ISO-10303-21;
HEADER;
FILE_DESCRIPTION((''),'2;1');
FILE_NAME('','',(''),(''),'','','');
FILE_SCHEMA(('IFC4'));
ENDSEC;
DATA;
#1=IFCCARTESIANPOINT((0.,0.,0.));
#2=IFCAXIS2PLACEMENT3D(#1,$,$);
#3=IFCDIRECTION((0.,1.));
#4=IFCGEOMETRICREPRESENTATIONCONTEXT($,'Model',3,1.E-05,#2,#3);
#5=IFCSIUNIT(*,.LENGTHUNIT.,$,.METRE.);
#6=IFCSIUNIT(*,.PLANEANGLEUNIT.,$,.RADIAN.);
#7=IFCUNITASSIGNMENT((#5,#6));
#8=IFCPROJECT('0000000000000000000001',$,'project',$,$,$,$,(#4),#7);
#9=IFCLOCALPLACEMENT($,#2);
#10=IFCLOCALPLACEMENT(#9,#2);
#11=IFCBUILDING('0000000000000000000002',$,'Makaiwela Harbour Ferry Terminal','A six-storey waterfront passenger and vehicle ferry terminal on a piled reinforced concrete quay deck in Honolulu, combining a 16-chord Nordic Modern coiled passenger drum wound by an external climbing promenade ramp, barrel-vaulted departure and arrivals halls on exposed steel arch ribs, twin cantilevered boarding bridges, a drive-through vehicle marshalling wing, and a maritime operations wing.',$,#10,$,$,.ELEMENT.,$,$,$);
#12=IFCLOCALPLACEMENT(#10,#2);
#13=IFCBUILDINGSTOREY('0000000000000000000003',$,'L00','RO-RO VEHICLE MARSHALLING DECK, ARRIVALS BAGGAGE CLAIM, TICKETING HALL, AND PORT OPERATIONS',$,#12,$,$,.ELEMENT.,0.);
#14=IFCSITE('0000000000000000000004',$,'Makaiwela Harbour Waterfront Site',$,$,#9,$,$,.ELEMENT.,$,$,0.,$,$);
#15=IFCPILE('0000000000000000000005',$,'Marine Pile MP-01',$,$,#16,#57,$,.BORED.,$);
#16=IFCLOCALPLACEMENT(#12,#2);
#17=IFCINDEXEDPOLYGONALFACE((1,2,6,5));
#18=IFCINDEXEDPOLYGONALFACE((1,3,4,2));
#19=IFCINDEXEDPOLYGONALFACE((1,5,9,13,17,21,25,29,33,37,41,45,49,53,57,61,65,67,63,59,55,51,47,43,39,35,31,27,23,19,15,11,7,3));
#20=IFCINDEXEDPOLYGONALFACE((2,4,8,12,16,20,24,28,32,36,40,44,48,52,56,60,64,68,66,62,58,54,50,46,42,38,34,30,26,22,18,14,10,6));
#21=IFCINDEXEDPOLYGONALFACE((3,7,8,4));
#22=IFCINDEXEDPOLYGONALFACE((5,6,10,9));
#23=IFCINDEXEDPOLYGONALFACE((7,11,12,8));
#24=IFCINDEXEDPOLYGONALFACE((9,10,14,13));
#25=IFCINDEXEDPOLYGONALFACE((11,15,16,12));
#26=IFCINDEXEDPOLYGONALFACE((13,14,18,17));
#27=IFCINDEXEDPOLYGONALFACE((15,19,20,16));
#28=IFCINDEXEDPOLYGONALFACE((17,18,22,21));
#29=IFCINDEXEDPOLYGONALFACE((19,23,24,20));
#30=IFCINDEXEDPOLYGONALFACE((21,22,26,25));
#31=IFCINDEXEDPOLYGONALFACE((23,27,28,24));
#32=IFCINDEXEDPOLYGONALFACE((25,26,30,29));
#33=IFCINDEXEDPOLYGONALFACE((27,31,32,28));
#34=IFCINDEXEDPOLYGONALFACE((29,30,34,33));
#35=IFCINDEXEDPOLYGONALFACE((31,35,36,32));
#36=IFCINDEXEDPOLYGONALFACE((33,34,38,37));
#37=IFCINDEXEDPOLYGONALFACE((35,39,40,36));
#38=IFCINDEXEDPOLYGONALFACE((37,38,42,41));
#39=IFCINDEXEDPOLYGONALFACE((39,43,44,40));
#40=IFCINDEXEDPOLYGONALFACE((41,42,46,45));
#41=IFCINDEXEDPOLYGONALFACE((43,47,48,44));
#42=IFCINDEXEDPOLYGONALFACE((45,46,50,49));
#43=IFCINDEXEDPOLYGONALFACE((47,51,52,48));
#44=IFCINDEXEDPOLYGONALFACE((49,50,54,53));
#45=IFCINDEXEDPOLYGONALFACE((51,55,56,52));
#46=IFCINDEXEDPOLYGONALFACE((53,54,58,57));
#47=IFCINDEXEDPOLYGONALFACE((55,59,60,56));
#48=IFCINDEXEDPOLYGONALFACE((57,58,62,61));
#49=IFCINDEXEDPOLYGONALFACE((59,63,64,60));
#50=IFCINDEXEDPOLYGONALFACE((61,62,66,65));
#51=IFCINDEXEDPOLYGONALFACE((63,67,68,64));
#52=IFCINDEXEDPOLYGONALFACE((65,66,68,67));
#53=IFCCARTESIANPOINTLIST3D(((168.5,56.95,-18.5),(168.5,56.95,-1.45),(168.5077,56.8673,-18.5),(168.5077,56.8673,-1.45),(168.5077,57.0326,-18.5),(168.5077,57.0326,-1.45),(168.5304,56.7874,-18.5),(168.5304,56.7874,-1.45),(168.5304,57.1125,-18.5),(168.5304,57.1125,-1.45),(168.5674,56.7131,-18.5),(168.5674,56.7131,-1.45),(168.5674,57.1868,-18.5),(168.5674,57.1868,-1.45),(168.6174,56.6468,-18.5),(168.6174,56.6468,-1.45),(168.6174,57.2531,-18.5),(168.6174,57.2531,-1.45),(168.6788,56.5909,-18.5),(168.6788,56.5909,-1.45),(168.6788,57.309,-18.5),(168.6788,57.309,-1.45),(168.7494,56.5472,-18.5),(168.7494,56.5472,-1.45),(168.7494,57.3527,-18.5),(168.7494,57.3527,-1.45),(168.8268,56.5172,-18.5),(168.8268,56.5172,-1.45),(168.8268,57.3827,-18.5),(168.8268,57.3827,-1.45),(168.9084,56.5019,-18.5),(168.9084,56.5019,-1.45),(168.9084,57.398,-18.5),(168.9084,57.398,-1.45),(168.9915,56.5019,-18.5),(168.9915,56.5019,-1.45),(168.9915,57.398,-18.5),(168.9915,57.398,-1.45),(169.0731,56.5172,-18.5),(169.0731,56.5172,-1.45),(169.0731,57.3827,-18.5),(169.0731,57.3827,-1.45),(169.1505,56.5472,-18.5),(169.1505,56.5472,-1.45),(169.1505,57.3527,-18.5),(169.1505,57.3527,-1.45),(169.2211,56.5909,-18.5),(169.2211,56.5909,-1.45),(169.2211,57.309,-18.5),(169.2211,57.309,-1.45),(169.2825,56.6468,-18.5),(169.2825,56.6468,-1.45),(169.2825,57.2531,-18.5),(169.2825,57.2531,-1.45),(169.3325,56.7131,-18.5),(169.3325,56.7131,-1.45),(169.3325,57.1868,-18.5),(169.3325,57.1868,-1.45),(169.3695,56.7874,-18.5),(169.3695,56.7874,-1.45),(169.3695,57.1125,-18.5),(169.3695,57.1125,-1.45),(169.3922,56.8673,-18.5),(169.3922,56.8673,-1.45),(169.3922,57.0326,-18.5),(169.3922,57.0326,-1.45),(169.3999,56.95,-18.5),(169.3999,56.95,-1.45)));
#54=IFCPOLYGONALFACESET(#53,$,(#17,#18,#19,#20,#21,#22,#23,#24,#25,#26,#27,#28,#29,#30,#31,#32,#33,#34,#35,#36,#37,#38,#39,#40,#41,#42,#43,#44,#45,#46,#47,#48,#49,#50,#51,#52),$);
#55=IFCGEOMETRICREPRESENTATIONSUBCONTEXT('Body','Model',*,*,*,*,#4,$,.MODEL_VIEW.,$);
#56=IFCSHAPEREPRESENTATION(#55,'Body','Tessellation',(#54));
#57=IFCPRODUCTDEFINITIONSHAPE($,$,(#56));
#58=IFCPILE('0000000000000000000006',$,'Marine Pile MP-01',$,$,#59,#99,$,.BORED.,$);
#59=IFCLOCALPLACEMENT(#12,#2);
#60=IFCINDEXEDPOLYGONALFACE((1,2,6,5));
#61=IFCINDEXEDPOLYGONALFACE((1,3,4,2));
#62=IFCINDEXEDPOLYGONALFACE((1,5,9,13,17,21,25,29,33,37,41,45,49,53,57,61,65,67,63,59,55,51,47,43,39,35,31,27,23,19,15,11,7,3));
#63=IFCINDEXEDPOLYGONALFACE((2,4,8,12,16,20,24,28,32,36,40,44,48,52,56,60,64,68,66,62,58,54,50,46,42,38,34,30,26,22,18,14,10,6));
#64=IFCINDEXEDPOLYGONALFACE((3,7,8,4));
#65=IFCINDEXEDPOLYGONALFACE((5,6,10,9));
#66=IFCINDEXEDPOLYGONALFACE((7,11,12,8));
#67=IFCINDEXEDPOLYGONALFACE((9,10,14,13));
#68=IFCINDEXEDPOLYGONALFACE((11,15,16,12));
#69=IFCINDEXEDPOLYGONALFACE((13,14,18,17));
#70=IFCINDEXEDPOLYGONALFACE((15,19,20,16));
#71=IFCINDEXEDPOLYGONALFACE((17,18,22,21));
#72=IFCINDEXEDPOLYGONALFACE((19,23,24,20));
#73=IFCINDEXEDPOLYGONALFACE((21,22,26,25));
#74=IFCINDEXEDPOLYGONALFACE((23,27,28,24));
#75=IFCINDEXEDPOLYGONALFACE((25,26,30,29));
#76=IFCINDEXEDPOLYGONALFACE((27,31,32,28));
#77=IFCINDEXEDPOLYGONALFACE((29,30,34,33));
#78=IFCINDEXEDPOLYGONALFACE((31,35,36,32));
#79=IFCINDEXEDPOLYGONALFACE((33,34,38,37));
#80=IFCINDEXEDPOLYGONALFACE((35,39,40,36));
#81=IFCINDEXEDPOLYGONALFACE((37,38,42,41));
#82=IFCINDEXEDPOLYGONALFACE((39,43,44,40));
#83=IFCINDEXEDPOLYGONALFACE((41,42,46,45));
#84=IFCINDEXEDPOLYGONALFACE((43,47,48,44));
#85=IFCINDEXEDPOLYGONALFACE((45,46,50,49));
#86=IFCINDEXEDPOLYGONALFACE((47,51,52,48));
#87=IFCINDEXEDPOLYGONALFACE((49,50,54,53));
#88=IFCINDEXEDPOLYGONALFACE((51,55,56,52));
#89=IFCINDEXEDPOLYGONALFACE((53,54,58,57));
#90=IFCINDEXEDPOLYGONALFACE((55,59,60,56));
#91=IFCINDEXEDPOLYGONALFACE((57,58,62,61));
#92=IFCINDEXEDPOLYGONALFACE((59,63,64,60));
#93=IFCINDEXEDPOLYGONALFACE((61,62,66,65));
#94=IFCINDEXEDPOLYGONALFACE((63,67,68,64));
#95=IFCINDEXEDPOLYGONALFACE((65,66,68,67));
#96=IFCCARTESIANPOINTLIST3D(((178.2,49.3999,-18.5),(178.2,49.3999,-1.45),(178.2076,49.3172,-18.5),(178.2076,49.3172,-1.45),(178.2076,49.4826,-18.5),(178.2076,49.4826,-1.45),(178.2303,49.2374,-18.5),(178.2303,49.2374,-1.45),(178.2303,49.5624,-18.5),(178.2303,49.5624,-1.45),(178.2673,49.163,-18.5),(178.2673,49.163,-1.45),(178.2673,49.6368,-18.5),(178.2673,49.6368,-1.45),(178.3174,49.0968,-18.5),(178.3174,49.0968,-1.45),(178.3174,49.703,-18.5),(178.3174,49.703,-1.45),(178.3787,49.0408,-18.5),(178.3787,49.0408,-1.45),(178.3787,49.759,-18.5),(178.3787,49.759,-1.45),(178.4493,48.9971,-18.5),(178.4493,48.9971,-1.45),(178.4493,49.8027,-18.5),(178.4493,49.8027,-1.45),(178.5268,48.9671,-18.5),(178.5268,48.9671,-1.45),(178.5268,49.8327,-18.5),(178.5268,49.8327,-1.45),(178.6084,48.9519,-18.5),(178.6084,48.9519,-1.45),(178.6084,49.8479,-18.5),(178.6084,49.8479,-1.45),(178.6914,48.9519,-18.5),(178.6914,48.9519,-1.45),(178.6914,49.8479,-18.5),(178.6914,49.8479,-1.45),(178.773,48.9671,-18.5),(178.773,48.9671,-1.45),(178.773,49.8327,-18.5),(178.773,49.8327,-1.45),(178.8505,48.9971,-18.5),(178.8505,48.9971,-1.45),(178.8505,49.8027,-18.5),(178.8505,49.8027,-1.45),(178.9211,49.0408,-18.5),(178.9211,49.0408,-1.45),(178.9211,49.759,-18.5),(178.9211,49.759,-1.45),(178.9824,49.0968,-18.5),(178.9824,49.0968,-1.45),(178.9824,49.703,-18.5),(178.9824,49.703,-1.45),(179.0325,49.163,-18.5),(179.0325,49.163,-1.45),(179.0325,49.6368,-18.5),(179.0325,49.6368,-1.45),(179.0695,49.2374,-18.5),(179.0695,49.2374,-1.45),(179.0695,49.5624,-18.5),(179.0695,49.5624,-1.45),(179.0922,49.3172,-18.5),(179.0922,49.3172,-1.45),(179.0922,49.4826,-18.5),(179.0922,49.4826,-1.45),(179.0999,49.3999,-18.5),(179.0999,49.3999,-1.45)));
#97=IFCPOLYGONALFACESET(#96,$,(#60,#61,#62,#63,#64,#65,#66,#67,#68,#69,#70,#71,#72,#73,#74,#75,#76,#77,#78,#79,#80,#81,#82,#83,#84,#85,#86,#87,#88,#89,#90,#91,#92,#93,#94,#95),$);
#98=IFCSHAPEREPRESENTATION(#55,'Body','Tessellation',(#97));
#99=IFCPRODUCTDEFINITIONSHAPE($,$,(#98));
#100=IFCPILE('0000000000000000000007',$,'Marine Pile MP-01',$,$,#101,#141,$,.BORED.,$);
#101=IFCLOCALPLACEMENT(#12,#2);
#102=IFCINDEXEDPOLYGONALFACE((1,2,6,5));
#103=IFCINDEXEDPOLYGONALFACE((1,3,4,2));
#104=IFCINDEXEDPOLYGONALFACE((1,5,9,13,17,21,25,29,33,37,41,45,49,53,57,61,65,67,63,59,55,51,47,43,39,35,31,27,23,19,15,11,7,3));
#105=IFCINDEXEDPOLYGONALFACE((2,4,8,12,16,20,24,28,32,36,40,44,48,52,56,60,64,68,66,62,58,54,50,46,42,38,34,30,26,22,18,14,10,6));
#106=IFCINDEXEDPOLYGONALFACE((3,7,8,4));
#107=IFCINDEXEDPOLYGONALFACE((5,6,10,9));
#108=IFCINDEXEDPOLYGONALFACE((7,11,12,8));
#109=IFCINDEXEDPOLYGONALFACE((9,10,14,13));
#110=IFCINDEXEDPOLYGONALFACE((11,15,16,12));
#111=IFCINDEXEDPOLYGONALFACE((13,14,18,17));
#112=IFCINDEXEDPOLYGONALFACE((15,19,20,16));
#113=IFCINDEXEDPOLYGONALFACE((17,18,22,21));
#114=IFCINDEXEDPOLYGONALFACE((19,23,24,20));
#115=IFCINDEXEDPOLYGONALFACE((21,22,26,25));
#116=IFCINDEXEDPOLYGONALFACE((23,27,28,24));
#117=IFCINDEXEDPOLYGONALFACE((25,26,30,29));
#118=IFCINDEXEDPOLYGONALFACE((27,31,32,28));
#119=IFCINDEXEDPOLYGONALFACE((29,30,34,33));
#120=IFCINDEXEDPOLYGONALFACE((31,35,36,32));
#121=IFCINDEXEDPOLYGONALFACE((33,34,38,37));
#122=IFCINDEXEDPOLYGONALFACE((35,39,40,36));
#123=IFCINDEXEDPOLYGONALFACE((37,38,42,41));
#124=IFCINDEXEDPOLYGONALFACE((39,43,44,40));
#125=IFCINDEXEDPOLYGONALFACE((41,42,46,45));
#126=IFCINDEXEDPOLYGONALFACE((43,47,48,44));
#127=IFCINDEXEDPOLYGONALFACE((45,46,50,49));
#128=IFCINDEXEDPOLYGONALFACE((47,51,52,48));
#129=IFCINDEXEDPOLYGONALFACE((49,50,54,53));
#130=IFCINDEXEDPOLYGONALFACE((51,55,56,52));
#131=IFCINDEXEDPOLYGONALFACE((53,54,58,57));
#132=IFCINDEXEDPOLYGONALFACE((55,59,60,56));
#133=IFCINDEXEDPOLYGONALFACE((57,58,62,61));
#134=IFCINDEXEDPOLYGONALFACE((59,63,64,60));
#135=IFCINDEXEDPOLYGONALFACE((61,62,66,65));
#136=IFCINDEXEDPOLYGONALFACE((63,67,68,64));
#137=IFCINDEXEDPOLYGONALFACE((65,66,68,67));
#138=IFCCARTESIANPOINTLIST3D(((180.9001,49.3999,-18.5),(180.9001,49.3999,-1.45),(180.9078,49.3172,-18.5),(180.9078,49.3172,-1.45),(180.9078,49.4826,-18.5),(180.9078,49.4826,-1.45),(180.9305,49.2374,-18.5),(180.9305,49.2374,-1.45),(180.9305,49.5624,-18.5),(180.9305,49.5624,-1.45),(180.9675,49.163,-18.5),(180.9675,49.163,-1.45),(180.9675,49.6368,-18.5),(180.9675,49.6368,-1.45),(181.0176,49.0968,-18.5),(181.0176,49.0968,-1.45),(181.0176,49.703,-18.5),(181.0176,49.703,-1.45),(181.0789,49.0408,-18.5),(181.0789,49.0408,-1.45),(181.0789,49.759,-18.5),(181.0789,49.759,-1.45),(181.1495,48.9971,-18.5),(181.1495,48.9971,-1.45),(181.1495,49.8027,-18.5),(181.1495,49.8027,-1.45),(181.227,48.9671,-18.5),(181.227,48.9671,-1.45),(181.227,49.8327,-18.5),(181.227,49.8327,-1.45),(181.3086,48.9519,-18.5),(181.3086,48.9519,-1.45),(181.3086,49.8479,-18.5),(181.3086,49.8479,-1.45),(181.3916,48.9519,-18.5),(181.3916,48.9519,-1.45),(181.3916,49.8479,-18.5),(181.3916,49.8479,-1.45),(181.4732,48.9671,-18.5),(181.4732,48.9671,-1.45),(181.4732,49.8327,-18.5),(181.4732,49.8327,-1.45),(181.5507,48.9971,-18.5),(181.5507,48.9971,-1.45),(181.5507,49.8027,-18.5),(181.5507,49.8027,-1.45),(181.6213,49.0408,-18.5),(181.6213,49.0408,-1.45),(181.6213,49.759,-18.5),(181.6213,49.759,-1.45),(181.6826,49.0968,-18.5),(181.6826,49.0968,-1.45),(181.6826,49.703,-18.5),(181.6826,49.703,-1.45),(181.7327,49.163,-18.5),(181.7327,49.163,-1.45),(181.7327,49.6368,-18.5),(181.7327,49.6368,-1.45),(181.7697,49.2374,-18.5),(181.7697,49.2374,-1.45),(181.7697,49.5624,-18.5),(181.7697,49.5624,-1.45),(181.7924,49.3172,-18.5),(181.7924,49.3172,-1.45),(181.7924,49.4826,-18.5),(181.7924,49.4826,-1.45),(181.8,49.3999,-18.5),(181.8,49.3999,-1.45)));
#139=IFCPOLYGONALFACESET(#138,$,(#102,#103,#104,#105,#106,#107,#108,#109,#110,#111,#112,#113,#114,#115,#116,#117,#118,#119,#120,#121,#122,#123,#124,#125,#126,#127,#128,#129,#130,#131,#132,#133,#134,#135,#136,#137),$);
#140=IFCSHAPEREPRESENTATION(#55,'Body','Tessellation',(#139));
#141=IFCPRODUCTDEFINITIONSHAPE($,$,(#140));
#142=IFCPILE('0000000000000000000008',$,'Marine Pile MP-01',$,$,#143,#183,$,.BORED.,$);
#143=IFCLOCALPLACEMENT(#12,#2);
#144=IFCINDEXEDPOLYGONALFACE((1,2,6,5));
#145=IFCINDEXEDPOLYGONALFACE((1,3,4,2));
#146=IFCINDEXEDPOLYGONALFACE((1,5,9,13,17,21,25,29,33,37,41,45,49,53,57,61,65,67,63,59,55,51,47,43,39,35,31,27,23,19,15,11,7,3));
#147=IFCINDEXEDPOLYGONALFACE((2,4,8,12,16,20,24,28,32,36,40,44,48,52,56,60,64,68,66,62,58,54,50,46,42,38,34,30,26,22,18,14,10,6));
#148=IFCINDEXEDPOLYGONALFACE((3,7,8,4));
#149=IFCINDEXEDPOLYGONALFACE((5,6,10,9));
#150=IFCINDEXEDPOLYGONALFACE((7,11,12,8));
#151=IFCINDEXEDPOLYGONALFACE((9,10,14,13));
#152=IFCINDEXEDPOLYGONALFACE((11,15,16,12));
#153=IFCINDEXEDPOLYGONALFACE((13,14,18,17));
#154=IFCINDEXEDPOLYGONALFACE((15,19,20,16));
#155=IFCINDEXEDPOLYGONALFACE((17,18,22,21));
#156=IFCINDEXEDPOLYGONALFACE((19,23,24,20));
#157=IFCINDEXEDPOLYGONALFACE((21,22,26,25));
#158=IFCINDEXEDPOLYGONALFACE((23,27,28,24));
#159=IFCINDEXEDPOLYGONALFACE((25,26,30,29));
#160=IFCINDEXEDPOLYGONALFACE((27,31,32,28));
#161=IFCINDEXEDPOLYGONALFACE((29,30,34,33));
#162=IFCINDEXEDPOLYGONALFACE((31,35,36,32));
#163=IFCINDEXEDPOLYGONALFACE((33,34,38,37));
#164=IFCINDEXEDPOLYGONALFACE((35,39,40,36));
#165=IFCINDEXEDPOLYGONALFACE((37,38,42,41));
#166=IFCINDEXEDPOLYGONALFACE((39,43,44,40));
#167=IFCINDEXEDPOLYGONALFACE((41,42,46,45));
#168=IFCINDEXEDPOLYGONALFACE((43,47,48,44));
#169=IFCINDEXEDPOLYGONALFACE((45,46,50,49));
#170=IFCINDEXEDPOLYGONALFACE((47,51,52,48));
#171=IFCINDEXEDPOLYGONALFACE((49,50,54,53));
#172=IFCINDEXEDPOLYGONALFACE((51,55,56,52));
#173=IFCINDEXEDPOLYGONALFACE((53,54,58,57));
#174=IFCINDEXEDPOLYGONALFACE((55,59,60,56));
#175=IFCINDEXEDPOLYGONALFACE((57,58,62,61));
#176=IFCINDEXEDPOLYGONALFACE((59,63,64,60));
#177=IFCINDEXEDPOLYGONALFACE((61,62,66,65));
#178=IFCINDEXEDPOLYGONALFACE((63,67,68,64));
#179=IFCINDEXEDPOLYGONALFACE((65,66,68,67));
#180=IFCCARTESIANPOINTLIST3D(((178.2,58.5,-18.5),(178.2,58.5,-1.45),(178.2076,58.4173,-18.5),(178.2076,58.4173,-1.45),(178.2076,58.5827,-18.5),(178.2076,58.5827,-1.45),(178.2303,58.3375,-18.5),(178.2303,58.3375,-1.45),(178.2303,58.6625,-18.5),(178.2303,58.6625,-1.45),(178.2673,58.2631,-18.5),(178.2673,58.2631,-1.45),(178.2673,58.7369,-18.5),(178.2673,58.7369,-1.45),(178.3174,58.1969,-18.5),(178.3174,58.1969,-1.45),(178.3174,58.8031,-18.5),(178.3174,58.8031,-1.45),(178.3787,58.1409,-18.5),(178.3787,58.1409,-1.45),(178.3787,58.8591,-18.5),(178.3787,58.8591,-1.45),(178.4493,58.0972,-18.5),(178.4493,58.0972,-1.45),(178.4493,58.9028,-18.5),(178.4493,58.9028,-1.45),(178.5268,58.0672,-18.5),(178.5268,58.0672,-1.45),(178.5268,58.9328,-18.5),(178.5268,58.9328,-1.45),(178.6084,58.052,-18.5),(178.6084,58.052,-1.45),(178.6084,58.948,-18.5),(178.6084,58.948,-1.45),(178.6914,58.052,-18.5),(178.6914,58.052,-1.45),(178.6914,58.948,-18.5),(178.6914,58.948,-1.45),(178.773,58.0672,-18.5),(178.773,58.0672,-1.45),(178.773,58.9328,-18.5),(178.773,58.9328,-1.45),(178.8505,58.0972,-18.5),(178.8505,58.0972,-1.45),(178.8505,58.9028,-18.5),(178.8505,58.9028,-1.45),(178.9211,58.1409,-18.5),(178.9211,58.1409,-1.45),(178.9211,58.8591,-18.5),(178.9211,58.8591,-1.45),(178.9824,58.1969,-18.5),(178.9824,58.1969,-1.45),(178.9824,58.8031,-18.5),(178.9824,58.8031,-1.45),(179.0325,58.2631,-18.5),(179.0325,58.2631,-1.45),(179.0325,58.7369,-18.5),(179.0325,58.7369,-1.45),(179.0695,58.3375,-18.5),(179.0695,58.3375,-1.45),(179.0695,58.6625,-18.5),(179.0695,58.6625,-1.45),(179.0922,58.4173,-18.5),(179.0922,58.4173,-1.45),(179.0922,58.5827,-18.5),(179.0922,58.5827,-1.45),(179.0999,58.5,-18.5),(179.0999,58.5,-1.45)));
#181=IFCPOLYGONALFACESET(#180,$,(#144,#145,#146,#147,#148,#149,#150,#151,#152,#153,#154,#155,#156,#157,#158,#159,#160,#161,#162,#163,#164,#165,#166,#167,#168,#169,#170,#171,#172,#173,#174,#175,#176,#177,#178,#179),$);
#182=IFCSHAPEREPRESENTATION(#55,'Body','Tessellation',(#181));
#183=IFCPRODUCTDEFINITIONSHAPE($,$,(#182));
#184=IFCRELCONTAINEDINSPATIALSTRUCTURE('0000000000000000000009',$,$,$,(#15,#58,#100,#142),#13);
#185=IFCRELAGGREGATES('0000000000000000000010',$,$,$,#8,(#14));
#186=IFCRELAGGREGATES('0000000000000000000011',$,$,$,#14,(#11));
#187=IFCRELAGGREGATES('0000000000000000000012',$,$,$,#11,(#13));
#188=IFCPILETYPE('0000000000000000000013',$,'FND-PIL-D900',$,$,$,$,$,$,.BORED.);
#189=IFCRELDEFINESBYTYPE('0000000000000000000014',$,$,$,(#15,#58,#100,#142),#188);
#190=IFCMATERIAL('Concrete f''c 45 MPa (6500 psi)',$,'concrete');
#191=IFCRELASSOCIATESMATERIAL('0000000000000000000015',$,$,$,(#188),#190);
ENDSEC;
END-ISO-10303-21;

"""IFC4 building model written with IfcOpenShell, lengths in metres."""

from ifc_helpers import new_model, si_unit, direction, frame, origin, origin_2d, place, context, subcontext, project, spatial, circle, extrude, material, material_profile, profile_set, type_object, element, save


model = new_model("IFC4")

# Units and contexts
model_context = context("Model", 3, precision=1e-05, world=origin(), true_north=direction((0.0, 1.0)))
body_context = subcontext(model_context, "Body", "Model", "MODEL_VIEW")
ifc_project = project(units=[si_unit("LENGTHUNIT", "METRE"), si_unit("PLANEANGLEUNIT", "RADIAN")], contexts=[model_context])

# Site, building, storey
site_placement = place(None, origin())
site = spatial("IfcSite", under=ifc_project, at=site_placement, Name="Makaiwela Harbour Waterfront Site", CompositionType="ELEMENT", RefElevation=0.0)
building_placement = place(site_placement, origin())
building = spatial("IfcBuilding", under=site, at=building_placement, Name="Makaiwela Harbour Ferry Terminal", Description="A six-storey waterfront passenger and vehicle ferry terminal on a piled reinforced concrete quay deck in Honolulu, combining a 16-chord Nordic Modern coiled passenger drum wound by an external climbing promenade ramp, barrel-vaulted departure and arrivals halls on exposed steel arch ribs, twin cantilevered boarding bridges, a drive-through vehicle marshalling wing, and a maritime operations wing.", CompositionType="ELEMENT")
storey_placement = place(building_placement, origin())
storey = spatial("IfcBuildingStorey", under=building, at=storey_placement, Name="L00", Description="RO-RO VEHICLE MARSHALLING DECK, ARRIVALS BAGGAGE CLAIM, TICKETING HALL, AND PORT OPERATIONS", CompositionType="ELEMENT", Elevation=0.0)

# Shared definitions
ifc_material_1 = material(Name="Concrete f'c 45 MPa (6500 psi)", Category="concrete")

# Piles
ifc_material_profile_1 = material_profile(ifc_material_1, circle(Radius=0.45, at=origin_2d()), Name="PILE-D900")
ifc_profile_set_1 = profile_set([ifc_material_profile_1], Name="Concrete f'c 45 MPa (6500 psi)")
pile_type = type_object("IfcPileType", Name="FND-PIL-D900", PredefinedType="BORED", material=ifc_profile_set_1)
for number, where, z_axis, x_axis, name in (
    (1, (168.95, 56.95, -1.45), (0.0, 0.0, -1.0), (1.0, 0.0, 0.0), "Marine Pile MP-01"),
    (2, (178.6499, 49.3999, -1.45), (0.0, 0.0, -1.0), (1.0, 0.0, 0.0), "Marine Pile MP-01"),
    (3, (181.3501, 49.3999, -1.45), (0.0, 0.0, -1.0), (1.0, 0.0, 0.0), "Marine Pile MP-01"),
    (4, (178.6499, 58.5, -1.45), (0.0, 0.0, -1.0), (1.0, 0.0, 0.0), "Marine Pile MP-01"),
):
    element("IfcPile", number, at=place(storey_placement, frame(where, z_axis=z_axis, x_axis=x_axis)), inside=storey, type_object=pile_type, Name=name, PredefinedType="BORED", context=body_context, shape_type="SweptSolid", body=[
        extrude(circle(Radius=0.45, at=origin_2d()), origin(), (0.0, 0.0, 1.0), 17.05),
    ])

save(model, "model.ifc")
